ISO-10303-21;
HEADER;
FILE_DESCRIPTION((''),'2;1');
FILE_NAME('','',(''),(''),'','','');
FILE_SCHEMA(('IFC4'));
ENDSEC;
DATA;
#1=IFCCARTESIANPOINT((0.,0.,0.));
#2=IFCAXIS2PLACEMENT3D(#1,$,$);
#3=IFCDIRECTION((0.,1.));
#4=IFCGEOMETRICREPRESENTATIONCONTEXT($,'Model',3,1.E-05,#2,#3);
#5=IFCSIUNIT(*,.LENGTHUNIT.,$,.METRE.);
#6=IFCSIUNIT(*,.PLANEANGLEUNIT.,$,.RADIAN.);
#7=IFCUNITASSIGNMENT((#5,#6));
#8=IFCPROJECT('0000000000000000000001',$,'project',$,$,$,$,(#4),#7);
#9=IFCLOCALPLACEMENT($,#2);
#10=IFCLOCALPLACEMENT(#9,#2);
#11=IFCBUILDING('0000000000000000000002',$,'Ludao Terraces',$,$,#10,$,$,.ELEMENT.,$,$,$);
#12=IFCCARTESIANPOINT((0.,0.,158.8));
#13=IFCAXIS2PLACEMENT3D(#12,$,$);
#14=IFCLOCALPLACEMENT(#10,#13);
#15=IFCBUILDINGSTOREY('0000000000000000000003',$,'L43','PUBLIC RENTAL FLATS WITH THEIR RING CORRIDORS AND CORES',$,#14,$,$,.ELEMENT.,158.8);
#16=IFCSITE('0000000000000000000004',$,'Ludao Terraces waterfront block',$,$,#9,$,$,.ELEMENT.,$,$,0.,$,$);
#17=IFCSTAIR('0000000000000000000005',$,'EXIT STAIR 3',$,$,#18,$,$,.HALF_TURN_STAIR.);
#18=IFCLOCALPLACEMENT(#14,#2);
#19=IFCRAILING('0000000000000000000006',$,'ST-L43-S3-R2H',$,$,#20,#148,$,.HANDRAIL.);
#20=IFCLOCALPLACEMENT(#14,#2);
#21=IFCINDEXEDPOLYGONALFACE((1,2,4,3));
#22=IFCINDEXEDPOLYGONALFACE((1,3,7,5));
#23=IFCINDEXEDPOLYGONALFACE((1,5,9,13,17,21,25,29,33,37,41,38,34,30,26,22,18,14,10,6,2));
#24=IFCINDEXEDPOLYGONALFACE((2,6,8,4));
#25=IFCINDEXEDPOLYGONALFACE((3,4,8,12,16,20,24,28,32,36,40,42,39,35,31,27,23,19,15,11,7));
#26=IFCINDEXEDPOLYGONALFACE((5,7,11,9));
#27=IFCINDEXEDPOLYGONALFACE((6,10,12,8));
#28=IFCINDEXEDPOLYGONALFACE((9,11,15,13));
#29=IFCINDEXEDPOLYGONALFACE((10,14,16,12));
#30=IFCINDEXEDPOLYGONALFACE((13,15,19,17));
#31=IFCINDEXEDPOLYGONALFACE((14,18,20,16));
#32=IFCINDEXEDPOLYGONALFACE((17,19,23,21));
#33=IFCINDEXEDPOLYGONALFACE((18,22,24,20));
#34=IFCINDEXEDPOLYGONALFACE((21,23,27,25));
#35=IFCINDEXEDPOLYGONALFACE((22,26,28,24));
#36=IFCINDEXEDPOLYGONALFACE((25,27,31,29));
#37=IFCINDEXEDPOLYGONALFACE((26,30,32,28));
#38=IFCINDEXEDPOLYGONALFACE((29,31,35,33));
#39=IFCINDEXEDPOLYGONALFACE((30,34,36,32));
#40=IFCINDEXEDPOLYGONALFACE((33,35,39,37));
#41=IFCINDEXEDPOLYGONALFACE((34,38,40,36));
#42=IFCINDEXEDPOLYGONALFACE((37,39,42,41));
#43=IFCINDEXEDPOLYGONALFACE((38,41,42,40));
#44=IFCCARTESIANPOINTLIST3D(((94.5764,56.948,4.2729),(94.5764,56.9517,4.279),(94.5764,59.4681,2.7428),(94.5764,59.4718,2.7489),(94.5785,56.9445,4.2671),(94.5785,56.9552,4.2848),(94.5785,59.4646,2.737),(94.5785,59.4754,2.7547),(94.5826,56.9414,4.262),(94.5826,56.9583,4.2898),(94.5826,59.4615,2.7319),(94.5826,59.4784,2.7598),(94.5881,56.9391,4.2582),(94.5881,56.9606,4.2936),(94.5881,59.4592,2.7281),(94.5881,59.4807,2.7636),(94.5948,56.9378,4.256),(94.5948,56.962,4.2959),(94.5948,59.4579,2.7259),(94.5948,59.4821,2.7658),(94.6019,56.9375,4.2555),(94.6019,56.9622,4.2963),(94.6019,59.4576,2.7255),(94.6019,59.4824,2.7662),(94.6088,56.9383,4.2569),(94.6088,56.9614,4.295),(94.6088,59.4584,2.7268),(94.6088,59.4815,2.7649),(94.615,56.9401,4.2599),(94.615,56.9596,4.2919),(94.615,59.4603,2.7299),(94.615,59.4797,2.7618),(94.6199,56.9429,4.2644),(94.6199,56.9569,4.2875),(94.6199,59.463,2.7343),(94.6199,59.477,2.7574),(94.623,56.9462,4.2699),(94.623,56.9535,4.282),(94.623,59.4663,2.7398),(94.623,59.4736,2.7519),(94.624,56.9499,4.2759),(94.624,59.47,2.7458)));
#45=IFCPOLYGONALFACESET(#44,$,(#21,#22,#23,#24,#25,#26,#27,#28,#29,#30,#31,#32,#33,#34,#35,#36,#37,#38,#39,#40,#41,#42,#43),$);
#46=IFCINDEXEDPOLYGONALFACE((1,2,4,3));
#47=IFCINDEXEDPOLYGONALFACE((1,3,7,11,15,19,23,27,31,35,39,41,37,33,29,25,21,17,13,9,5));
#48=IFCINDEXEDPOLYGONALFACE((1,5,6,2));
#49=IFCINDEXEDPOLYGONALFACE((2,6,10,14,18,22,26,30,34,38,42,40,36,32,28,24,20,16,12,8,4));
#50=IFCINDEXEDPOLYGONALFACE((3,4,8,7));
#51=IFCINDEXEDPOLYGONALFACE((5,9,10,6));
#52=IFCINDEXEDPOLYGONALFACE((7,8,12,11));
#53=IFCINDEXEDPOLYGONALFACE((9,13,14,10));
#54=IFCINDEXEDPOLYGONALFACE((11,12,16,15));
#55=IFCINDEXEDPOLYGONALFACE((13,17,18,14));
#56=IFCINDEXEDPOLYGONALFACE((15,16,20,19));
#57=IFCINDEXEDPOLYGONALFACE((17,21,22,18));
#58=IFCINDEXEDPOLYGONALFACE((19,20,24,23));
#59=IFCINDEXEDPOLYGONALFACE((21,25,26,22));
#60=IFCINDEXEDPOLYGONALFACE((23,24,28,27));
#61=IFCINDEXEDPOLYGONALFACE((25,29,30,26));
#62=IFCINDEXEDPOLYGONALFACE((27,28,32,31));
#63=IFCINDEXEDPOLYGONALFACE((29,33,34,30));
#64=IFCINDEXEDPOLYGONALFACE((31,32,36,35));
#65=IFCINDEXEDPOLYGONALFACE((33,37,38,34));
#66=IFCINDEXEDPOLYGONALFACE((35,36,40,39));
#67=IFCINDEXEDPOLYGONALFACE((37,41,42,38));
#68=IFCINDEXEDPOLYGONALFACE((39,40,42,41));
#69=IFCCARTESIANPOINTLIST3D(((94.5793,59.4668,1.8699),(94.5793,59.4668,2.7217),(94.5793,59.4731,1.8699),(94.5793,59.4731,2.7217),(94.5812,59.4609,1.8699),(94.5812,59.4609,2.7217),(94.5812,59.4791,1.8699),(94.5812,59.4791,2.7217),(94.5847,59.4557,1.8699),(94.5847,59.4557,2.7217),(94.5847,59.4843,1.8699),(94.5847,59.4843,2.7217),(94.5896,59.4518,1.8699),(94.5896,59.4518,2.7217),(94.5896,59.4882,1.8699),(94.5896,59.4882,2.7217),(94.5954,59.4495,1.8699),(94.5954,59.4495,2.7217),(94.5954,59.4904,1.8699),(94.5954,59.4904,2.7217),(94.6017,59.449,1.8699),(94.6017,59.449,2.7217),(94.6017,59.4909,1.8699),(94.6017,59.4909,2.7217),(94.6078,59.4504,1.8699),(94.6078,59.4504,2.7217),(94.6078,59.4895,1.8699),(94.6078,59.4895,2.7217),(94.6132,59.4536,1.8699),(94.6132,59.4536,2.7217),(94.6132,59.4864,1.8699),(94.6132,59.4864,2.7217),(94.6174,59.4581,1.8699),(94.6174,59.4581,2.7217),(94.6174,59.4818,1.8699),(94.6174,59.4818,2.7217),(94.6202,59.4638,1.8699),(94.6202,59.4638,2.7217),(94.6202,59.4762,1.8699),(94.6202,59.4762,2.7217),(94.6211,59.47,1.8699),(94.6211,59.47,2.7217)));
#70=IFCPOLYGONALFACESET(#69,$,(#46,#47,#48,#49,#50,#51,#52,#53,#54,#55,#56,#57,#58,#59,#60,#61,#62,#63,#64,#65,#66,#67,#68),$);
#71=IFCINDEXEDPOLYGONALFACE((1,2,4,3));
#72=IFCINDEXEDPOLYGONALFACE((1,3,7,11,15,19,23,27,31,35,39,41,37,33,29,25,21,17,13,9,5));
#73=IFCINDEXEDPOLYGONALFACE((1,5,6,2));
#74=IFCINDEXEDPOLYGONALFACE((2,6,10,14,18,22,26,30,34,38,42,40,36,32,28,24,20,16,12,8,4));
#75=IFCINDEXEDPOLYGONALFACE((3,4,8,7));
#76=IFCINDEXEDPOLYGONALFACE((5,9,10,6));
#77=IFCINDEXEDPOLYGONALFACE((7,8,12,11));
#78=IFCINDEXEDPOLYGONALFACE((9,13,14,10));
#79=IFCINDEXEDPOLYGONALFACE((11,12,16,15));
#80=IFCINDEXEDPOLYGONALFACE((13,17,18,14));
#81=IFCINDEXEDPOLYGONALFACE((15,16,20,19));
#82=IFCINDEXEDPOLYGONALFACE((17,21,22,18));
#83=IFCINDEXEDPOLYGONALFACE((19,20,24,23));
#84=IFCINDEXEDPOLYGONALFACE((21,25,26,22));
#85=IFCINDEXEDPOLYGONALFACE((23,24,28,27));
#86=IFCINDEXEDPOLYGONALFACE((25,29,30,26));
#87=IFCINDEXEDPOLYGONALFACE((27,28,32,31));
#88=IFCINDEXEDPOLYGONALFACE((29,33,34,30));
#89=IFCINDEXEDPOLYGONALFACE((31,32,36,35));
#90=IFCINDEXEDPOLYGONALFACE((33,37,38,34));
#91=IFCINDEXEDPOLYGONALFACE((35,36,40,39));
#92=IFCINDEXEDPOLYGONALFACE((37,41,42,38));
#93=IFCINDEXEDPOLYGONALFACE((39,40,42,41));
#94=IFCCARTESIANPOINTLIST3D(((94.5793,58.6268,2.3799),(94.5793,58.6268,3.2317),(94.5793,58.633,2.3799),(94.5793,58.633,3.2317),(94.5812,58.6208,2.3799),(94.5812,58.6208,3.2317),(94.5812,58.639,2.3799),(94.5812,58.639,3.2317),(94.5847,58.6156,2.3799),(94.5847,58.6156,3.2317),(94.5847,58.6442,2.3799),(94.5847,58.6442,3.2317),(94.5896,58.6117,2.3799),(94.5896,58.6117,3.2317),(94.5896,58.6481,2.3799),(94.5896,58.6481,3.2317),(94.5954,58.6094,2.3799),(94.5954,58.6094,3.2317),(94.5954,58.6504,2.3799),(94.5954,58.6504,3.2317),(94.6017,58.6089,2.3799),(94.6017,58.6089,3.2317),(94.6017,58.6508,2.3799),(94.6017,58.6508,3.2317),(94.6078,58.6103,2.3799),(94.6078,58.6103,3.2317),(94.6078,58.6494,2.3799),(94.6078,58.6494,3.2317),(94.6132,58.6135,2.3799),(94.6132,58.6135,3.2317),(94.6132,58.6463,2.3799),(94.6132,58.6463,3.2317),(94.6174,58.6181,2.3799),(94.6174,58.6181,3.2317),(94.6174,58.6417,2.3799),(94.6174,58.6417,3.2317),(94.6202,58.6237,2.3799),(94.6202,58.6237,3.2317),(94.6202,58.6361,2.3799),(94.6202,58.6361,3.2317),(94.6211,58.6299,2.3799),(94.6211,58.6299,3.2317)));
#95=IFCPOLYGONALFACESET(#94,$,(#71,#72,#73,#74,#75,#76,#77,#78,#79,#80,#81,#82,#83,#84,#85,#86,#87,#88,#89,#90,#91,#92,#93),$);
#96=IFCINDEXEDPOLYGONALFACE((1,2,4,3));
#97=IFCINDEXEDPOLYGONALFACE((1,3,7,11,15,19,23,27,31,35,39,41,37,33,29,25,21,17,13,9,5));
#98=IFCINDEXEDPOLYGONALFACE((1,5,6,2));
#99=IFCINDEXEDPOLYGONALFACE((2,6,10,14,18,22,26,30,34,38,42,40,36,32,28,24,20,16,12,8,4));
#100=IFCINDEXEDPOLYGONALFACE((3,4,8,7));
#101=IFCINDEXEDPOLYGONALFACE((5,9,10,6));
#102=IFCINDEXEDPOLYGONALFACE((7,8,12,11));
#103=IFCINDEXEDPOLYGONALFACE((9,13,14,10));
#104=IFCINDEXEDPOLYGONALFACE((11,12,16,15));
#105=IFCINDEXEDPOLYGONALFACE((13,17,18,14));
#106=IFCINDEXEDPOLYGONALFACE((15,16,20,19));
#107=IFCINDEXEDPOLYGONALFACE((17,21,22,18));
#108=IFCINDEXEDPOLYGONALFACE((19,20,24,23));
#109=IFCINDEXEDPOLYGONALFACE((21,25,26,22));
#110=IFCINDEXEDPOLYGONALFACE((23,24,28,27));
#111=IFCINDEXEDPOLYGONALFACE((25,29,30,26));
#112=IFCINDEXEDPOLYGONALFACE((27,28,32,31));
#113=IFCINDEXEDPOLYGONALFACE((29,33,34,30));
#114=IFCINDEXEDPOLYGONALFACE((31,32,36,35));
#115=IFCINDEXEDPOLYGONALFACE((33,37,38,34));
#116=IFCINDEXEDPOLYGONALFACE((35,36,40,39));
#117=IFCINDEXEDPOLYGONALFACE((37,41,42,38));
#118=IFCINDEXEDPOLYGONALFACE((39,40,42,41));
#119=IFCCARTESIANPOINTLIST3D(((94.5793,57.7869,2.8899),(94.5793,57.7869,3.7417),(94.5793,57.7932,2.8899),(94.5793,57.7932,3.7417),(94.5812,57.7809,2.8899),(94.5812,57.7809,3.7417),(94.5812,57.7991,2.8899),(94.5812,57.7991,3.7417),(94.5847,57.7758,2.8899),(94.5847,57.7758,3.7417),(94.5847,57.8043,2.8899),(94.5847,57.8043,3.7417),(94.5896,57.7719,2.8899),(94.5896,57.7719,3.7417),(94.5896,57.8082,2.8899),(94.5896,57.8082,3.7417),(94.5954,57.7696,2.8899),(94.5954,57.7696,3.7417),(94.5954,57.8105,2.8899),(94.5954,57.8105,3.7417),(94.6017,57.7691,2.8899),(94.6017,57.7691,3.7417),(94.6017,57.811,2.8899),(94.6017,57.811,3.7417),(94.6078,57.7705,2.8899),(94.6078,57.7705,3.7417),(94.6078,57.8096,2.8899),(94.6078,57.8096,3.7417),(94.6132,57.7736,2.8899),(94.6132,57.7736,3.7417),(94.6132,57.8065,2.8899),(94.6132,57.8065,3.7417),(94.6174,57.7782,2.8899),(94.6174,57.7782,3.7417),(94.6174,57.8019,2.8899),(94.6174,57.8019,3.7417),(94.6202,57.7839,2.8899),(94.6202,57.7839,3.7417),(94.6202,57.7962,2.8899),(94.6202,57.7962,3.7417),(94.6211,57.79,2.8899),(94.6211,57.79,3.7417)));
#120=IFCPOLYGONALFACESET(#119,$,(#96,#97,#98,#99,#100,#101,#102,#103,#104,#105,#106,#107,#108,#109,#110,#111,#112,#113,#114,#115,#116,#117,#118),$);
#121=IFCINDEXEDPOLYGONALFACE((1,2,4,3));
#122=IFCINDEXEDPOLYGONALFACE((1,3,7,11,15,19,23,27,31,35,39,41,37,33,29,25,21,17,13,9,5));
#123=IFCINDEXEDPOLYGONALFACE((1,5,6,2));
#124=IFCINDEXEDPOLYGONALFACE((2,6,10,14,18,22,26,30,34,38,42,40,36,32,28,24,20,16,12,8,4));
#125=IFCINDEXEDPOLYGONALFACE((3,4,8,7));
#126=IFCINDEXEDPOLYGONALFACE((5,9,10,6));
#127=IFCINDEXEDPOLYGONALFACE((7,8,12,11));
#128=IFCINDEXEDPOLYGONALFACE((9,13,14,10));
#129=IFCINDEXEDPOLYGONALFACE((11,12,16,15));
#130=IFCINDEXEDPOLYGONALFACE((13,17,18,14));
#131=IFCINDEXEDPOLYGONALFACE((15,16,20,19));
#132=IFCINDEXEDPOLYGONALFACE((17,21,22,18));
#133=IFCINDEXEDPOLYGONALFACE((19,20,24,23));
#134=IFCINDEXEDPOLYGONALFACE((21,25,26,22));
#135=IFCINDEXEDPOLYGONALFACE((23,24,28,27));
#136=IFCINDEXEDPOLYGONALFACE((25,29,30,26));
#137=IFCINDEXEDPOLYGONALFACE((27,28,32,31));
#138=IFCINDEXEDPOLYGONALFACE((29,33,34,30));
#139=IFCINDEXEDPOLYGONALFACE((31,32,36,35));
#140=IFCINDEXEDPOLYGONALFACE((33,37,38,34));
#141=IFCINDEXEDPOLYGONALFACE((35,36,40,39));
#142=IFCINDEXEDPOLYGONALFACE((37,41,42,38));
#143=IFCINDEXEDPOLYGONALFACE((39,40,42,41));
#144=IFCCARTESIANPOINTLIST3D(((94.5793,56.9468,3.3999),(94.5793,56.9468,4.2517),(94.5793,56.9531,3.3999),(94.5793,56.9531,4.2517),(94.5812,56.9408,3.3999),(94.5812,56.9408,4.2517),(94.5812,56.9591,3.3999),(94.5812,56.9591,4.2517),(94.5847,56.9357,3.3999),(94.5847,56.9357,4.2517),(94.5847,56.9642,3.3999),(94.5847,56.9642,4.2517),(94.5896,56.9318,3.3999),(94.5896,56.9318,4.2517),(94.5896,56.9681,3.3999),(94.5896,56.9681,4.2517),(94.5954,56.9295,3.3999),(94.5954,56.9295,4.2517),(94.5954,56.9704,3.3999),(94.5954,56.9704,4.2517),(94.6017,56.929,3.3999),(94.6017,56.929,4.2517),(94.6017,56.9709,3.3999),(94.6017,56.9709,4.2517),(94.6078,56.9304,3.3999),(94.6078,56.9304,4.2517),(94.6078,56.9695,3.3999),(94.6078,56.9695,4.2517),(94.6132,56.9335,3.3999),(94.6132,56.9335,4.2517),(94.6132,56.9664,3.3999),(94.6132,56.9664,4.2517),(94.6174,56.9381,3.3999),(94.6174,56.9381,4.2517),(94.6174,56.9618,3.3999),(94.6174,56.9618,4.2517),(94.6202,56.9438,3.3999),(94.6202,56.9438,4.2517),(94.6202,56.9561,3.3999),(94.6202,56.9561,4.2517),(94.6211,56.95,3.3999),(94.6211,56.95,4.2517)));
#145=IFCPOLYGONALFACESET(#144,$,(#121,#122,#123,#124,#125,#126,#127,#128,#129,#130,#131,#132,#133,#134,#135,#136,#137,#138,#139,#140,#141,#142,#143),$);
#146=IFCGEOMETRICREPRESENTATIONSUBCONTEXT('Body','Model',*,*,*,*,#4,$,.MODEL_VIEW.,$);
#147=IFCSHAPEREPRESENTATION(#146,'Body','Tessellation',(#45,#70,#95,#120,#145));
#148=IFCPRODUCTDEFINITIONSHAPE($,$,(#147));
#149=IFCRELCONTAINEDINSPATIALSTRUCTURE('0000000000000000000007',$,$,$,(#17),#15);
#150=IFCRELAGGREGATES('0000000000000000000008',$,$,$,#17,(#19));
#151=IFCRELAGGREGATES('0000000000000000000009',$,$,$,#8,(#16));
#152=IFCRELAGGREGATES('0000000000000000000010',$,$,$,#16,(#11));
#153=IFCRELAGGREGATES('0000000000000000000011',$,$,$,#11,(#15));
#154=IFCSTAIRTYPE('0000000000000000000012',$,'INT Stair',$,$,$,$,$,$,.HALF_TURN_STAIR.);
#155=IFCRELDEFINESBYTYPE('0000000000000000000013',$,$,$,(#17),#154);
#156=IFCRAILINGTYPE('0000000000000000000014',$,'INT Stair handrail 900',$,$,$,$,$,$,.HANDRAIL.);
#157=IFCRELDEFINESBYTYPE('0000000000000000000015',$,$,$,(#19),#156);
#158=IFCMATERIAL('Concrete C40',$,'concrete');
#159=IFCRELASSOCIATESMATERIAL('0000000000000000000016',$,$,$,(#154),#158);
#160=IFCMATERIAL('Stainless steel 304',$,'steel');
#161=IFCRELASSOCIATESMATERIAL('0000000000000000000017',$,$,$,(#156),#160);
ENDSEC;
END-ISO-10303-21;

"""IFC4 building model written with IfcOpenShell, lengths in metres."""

from ifc_helpers import new_model, si_unit, direction, frame, origin, origin_2d, place, context, subcontext, project, spatial, circle, extrude, material, type_object, element, aggregate, save


model = new_model("IFC4")

# Units and contexts
model_context = context("Model", 3, precision=1e-05, world=origin(), true_north=direction((0.0, 1.0)))
body_context = subcontext(model_context, "Body", "Model", "MODEL_VIEW")
ifc_project = project(units=[si_unit("LENGTHUNIT", "METRE"), si_unit("PLANEANGLEUNIT", "RADIAN")], contexts=[model_context])

# Site, building, storey
site_placement = place(None, origin())
site = spatial("IfcSite", under=ifc_project, at=site_placement, Name="Ludao Terraces waterfront block", CompositionType="ELEMENT", RefElevation=0.0)
building_placement = place(site_placement, origin())
building = spatial("IfcBuilding", under=site, at=building_placement, Name="Ludao Terraces", CompositionType="ELEMENT")
storey_placement = place(building_placement, frame((0.0, 0.0, 158.8)))
storey = spatial("IfcBuildingStorey", under=building, at=storey_placement, Name="L43", Description="PUBLIC RENTAL FLATS WITH THEIR RING CORRIDORS AND CORES", CompositionType="ELEMENT", Elevation=158.8)

# Shared definitions
ifc_material_1 = material(Name="Concrete C40", Category="concrete")

# Stair, railing
stair_type = type_object("IfcStairType", Name="INT Stair", PredefinedType="HALF_TURN_STAIR", material=ifc_material_1)
stair_placement = place(storey_placement, origin())
stair = element("IfcStair", 1, at=stair_placement, inside=storey, type_object=stair_type, Name="EXIT STAIR 3", PredefinedType="HALF_TURN_STAIR")
ifc_material_2 = material(Name="Stainless steel 304", Category="steel")
railing_type_1 = type_object("IfcRailingType", Name="INT Stair handrail 900", PredefinedType="HANDRAIL", material=ifc_material_2)
railing_1_placement = place(storey_placement, frame((94.6001, 59.47, 1.8699)))
railing_1 = element("IfcRailing", 2, at=railing_1_placement, type_object=railing_type_1, Name="ST-L43-S3-R2H", PredefinedType="HANDRAIL", context=body_context, shape_type="SweptSolid", body=[
    extrude(circle(Radius=0.0239, at=origin_2d()), frame((0.0, 0.0, 0.876), z_axis=(0.0, -0.854785, 0.518982), x_axis=(1.0, 0.0, 0.0)), (0.0, 0.0, 1.0), 2.9482),
    extrude(circle(Radius=0.021, at=origin_2d()), origin(), (0.0, 0.0, 1.0), 0.8518),
    extrude(circle(Radius=0.021, at=origin_2d()), frame((0.0, -0.8401, 0.51)), (0.0, 0.0, 1.0), 0.8518),
    extrude(circle(Radius=0.021, at=origin_2d()), frame((0.0, -1.6799, 1.02)), (0.0, 0.0, 1.0), 0.8518),
    extrude(circle(Radius=0.021, at=origin_2d()), frame((0.0, -2.52, 1.53)), (0.0, 0.0, 1.0), 0.8518),
])
aggregate(stair, [railing_1])

save(model, "model.ifc")
